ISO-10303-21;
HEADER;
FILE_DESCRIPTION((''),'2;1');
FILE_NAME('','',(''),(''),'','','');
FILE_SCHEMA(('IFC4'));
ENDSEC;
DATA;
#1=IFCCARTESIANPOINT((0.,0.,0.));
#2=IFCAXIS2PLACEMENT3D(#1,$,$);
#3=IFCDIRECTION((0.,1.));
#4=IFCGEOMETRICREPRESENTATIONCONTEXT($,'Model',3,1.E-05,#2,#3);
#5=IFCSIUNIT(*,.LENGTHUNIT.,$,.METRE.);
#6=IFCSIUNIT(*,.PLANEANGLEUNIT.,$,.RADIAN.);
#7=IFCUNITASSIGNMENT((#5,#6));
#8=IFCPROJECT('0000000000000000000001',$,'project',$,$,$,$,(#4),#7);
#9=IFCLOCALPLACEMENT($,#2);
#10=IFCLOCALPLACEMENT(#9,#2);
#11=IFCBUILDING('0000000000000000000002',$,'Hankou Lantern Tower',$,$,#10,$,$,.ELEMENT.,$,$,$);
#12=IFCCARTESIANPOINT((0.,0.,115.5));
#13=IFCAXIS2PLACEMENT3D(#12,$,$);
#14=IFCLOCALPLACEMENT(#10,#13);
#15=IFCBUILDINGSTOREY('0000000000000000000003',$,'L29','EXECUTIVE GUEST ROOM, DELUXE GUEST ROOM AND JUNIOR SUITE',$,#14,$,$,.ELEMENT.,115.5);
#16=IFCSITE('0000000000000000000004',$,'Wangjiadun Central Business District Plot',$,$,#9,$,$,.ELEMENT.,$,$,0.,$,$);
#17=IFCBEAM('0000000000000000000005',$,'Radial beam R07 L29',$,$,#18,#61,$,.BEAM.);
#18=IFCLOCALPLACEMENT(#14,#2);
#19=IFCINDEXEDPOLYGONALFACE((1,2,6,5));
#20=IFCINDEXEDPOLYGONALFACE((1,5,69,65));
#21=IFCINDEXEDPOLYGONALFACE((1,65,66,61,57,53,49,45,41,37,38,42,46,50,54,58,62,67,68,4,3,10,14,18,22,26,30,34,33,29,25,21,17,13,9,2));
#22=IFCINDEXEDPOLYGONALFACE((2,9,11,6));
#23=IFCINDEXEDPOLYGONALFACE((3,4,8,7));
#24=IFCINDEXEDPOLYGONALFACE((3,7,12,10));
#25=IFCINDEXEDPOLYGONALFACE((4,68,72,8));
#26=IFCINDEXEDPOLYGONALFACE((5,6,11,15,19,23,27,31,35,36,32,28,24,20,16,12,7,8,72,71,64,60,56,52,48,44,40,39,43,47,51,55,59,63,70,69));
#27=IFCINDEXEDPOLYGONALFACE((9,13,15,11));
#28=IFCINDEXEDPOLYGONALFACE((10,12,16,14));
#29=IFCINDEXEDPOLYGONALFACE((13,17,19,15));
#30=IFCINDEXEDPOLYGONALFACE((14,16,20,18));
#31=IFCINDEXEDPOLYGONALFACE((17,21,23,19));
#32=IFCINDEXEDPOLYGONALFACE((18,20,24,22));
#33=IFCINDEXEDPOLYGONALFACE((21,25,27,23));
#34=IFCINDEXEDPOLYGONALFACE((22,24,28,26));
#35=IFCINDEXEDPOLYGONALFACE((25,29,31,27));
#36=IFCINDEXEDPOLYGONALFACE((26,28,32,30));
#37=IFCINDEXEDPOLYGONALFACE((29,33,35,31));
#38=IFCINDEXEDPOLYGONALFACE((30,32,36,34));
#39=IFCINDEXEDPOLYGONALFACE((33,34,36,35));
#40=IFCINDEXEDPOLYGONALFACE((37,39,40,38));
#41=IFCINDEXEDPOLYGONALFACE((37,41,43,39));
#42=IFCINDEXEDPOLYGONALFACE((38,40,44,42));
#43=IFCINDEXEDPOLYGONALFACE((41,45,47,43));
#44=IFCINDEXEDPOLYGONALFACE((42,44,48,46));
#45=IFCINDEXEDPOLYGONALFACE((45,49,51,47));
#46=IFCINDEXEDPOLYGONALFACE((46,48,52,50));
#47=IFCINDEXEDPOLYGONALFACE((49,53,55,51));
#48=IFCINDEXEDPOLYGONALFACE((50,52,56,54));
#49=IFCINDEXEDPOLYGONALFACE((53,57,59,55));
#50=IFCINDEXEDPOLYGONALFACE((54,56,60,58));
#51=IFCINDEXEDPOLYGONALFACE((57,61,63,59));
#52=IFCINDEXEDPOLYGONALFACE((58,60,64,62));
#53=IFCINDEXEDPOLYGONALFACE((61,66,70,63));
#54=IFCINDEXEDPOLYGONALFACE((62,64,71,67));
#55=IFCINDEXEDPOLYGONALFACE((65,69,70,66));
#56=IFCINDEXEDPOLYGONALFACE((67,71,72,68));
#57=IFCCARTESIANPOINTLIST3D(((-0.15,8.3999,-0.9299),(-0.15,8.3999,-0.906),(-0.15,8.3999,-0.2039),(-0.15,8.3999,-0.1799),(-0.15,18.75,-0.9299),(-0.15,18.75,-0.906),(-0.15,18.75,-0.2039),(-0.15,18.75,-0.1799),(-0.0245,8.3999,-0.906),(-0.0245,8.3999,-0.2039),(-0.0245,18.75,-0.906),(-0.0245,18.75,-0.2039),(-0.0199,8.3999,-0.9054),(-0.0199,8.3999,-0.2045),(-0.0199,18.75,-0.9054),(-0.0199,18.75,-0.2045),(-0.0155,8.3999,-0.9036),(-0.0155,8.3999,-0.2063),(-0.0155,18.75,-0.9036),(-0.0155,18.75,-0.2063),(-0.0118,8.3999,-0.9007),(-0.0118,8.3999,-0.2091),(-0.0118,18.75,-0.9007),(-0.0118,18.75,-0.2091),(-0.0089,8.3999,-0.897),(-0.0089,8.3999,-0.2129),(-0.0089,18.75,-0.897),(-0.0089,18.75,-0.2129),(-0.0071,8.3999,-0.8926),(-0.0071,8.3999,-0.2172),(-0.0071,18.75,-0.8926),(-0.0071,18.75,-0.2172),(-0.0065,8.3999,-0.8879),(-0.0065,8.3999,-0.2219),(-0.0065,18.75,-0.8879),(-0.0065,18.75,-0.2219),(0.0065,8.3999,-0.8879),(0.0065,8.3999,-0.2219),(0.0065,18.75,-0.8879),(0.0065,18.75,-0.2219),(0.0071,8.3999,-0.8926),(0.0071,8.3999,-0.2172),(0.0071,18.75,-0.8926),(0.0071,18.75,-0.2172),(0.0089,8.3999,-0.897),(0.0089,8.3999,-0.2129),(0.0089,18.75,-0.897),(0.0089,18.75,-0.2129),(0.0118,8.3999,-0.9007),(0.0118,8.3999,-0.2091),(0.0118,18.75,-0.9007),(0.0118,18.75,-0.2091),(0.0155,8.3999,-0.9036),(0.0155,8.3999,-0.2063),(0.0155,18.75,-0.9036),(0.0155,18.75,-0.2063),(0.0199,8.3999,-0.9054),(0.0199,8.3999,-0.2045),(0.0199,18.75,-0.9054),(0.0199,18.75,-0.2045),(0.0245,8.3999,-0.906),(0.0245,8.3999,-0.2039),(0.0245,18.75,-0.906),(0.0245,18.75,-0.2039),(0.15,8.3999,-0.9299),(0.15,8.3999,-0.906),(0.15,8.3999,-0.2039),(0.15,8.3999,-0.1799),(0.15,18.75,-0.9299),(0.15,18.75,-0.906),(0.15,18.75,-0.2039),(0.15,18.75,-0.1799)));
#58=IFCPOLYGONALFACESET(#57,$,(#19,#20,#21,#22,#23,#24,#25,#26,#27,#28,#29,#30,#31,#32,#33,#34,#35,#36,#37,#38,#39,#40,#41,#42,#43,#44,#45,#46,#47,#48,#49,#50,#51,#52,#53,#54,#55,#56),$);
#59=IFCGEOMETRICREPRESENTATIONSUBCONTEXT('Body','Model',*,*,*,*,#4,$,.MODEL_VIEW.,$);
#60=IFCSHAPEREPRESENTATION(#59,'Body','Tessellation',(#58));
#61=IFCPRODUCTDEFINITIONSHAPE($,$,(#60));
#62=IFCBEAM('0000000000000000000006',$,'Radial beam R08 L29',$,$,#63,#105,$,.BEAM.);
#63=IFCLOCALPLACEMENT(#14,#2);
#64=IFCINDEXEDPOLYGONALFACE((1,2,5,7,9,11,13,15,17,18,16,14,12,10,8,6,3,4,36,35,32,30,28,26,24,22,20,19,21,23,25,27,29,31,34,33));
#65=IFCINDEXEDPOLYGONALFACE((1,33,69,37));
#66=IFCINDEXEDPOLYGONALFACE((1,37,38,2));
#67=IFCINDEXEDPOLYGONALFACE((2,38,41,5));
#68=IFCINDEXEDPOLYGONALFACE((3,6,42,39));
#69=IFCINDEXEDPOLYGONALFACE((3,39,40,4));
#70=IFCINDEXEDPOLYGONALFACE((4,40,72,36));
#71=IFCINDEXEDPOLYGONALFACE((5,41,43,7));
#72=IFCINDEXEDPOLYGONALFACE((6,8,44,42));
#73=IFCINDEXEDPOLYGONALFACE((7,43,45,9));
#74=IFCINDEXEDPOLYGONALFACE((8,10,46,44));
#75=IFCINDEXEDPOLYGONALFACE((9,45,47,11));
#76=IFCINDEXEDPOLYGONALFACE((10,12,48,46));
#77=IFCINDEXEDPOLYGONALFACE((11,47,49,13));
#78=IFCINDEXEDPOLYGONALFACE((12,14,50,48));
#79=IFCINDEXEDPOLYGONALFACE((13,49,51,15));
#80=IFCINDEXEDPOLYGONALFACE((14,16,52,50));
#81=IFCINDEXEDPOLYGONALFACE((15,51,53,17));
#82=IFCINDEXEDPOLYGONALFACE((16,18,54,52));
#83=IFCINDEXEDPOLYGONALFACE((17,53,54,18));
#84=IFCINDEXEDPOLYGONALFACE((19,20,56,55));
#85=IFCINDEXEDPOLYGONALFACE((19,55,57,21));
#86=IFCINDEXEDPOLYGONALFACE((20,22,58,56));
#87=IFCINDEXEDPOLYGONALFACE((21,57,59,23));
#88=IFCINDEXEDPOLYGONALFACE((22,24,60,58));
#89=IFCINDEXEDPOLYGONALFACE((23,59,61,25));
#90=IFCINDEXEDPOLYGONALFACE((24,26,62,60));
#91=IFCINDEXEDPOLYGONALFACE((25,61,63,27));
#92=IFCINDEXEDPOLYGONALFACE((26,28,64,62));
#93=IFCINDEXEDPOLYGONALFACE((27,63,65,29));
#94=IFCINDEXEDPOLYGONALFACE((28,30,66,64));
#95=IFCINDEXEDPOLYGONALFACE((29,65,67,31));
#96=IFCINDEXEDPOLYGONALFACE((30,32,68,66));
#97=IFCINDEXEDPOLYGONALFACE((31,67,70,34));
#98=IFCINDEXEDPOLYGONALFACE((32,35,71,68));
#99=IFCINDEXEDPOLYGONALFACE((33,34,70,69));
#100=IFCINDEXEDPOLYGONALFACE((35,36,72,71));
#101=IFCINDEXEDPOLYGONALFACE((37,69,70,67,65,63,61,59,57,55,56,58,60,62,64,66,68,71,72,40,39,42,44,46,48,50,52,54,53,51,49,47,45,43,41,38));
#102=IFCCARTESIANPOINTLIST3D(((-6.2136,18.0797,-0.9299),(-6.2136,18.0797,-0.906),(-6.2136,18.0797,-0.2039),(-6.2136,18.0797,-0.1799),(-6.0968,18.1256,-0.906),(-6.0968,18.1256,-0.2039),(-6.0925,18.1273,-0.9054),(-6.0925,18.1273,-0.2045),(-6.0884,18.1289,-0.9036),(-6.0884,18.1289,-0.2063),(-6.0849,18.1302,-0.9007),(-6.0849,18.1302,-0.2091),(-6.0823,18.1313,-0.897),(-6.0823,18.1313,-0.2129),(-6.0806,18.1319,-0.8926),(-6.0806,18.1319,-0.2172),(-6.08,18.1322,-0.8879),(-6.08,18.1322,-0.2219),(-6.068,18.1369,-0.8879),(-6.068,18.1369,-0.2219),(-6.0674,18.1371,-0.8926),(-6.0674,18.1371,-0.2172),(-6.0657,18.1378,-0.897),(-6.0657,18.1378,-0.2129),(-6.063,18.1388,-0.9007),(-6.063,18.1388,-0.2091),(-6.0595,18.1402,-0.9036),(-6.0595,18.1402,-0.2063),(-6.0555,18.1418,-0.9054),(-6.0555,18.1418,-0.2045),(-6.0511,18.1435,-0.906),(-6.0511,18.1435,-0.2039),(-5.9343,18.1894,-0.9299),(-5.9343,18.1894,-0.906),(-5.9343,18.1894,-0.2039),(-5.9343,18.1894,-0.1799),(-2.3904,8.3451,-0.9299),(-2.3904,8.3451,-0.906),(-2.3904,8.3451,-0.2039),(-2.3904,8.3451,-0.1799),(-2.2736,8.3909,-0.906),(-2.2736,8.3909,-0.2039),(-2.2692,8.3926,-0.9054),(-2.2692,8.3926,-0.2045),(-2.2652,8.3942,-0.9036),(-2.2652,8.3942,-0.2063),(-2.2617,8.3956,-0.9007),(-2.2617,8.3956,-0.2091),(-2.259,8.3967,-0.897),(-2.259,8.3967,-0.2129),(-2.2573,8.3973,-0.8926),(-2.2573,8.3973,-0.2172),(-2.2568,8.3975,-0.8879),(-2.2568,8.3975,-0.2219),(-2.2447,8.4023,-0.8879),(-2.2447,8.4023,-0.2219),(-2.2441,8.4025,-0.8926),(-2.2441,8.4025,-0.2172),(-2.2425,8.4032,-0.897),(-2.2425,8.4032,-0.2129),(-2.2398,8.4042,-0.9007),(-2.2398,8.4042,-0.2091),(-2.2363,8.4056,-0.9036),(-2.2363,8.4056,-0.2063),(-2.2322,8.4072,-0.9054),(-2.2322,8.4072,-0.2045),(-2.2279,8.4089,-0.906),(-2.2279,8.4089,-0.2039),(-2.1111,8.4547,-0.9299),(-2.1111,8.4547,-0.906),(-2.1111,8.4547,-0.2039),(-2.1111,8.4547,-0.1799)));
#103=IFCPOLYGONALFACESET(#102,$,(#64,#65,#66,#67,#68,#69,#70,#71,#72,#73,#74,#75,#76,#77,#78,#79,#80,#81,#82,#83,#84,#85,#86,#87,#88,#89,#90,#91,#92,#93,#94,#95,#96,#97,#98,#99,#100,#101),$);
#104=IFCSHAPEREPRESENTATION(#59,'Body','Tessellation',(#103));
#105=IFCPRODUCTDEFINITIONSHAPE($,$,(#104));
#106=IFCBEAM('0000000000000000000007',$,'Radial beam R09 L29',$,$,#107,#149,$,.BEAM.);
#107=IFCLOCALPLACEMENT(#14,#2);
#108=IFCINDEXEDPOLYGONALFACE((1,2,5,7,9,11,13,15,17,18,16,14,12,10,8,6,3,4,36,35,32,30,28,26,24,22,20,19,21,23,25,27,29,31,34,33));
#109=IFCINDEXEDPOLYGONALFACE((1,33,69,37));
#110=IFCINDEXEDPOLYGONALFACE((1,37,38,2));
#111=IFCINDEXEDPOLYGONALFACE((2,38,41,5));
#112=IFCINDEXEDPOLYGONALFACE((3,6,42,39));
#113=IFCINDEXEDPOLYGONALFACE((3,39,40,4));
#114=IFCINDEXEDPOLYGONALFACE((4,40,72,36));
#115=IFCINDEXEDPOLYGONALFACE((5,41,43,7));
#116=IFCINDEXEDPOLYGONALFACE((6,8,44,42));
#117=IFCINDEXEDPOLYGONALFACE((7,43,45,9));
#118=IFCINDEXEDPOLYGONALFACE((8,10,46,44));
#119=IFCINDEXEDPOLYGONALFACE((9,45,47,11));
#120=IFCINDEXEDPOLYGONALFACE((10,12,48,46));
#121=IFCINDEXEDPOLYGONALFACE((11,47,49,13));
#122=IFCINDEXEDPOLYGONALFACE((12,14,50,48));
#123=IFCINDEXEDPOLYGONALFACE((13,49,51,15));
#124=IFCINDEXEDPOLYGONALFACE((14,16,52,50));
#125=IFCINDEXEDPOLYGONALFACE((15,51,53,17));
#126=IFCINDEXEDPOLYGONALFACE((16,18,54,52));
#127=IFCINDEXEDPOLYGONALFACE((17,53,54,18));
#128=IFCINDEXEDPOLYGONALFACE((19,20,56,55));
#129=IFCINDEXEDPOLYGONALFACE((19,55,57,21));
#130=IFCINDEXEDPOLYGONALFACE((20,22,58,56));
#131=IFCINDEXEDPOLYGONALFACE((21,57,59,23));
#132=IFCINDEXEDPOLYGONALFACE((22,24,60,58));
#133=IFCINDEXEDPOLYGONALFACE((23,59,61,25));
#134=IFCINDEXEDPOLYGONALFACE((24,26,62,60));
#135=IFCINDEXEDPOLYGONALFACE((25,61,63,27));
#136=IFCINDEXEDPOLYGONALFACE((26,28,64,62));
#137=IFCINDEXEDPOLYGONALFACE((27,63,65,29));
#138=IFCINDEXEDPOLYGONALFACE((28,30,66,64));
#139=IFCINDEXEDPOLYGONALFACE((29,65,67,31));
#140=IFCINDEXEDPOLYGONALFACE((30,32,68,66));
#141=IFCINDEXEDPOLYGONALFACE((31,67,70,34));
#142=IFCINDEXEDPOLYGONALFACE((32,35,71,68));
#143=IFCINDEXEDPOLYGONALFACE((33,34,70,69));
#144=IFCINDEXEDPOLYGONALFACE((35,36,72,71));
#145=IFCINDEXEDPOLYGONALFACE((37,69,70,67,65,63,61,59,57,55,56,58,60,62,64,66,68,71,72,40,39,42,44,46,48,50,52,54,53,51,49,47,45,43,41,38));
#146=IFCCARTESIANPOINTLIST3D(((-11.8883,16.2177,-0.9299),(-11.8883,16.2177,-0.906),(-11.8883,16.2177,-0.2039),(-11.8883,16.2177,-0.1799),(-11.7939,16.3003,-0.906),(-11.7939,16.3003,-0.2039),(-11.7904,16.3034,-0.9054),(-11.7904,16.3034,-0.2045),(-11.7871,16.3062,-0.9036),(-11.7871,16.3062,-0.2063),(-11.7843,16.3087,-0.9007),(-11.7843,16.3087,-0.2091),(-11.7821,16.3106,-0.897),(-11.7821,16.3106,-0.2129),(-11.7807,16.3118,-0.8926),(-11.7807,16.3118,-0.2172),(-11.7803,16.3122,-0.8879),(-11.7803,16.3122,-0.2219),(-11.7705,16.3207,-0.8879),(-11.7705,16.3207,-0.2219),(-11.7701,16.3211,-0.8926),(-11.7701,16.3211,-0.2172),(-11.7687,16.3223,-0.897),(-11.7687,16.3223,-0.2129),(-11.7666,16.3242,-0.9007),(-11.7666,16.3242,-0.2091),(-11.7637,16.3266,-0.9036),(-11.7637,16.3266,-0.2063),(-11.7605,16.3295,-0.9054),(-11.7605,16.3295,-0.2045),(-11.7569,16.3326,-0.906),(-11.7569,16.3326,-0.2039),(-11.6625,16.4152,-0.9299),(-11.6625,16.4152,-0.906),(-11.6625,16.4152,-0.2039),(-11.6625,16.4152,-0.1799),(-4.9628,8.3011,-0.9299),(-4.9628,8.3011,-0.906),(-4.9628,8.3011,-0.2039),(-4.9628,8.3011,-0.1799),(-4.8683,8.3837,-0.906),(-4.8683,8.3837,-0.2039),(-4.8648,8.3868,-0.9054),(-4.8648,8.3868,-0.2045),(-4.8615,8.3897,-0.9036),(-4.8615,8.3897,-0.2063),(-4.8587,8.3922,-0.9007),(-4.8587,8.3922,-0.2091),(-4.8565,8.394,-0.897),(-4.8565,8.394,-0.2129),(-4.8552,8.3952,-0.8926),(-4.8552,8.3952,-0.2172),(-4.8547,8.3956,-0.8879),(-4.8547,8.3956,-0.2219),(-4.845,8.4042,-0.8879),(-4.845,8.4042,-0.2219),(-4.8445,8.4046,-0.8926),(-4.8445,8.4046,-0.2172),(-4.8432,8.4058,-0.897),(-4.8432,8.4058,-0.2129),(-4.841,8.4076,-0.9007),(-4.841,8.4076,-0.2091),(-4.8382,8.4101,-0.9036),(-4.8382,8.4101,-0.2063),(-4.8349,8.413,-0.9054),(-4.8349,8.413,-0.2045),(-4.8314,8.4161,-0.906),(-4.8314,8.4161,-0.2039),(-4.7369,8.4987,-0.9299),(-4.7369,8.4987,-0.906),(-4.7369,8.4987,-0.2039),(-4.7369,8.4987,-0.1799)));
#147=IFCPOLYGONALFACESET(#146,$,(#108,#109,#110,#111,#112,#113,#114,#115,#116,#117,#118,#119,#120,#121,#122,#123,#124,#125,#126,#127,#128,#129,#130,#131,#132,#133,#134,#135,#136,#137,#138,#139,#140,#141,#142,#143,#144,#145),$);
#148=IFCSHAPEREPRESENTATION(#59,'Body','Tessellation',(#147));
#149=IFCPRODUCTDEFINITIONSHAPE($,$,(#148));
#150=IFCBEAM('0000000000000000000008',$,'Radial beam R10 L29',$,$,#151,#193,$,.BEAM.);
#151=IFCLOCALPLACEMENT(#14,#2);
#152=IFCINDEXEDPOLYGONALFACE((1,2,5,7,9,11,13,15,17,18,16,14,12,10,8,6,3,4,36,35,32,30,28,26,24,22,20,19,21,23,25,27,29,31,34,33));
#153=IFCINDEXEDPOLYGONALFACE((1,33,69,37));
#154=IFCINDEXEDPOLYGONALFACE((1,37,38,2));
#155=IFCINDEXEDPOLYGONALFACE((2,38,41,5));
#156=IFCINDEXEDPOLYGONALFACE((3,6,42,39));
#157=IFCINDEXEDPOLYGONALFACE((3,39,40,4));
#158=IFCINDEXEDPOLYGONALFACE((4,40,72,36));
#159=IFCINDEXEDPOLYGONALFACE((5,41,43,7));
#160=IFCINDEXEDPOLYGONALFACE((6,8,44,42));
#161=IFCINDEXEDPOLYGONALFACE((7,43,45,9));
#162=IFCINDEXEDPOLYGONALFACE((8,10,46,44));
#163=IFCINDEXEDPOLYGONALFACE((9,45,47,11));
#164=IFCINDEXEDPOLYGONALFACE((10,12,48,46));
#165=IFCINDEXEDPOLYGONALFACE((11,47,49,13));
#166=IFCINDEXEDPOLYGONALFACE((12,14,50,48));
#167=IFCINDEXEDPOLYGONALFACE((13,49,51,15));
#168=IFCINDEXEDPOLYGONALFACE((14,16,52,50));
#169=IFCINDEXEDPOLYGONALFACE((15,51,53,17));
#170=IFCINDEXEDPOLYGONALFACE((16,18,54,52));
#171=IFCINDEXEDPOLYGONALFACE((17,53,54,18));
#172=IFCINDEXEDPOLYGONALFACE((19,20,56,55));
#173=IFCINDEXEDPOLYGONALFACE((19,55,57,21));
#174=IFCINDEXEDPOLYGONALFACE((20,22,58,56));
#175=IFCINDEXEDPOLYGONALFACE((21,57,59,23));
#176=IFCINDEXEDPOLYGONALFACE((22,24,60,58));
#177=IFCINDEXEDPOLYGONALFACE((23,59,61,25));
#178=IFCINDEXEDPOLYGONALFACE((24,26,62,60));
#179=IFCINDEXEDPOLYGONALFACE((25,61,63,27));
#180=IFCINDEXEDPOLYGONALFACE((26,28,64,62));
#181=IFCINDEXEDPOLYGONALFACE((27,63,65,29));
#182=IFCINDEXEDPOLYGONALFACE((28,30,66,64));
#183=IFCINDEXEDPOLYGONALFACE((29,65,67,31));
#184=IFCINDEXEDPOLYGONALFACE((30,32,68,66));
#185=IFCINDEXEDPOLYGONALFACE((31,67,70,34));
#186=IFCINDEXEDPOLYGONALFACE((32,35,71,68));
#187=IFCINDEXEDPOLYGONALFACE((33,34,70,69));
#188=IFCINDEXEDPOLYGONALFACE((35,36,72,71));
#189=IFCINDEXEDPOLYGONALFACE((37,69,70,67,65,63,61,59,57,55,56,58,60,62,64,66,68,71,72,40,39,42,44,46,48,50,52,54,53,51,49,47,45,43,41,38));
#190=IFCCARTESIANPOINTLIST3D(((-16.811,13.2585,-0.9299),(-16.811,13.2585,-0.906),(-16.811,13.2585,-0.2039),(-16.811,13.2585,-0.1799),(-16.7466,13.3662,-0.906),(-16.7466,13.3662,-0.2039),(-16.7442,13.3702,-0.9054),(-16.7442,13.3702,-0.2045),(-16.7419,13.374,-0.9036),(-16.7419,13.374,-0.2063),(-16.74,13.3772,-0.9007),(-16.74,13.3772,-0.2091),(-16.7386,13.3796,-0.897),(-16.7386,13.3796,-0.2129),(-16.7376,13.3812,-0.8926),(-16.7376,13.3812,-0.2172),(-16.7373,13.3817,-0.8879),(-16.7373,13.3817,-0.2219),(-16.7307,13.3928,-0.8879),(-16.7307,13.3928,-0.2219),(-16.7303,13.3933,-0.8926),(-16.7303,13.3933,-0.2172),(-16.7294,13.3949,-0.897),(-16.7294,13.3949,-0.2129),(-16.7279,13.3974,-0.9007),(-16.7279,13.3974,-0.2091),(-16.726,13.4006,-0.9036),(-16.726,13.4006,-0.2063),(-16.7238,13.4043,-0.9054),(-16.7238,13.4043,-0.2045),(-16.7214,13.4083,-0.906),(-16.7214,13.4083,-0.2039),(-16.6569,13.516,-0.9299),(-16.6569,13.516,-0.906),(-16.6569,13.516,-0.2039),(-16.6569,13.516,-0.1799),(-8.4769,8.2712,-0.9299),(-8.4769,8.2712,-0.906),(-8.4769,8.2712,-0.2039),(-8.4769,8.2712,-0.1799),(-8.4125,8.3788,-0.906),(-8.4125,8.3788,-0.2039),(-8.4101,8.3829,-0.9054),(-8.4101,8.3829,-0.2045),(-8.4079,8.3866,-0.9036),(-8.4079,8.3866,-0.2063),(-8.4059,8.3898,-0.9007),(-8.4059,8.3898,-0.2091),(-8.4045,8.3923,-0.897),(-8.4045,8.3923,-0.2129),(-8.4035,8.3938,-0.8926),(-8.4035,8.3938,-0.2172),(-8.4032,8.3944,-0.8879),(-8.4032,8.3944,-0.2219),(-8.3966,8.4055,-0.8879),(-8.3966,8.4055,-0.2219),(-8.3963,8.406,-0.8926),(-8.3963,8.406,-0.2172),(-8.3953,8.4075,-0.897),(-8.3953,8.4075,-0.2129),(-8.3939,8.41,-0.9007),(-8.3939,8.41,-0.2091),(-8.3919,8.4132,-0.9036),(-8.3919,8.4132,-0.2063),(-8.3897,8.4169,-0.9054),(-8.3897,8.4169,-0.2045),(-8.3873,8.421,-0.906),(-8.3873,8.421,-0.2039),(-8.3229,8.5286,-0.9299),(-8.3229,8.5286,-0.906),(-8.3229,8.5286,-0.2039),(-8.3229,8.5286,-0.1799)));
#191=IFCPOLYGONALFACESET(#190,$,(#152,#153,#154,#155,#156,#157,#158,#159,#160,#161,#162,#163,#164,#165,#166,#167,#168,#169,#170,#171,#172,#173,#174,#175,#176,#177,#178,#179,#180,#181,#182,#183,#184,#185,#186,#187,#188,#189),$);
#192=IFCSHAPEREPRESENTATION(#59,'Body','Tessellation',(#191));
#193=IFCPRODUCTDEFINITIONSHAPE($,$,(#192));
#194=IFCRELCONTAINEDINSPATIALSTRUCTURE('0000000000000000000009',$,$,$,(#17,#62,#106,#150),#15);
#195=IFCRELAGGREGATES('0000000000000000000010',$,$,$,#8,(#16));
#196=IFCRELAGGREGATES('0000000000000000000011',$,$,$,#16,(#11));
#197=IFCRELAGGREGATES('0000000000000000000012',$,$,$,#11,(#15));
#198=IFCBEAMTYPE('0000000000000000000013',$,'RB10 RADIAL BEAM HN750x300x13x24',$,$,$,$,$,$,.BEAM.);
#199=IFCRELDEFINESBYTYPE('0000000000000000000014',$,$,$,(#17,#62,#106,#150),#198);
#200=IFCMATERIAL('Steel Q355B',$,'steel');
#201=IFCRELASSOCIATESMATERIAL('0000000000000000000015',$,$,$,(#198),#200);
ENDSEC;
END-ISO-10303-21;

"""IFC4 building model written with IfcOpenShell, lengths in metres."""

from ifc_helpers import new_model, si_unit, direction, frame, origin, origin_2d, place, context, subcontext, project, spatial, i_section, extrude, material, material_profile, profile_set, type_object, element, save


model = new_model("IFC4")

# Units and contexts
model_context = context("Model", 3, precision=1e-05, world=origin(), true_north=direction((0.0, 1.0)))
body_context = subcontext(model_context, "Body", "Model", "MODEL_VIEW")
ifc_project = project(units=[si_unit("LENGTHUNIT", "METRE"), si_unit("PLANEANGLEUNIT", "RADIAN")], contexts=[model_context])

# Site, building, storey
site_placement = place(None, origin())
site = spatial("IfcSite", under=ifc_project, at=site_placement, Name="Wangjiadun Central Business District Plot", CompositionType="ELEMENT", RefElevation=0.0)
building_placement = place(site_placement, origin())
building = spatial("IfcBuilding", under=site, at=building_placement, Name="Hankou Lantern Tower", CompositionType="ELEMENT")
storey_placement = place(building_placement, frame((0.0, 0.0, 115.5)))
storey = spatial("IfcBuildingStorey", under=building, at=storey_placement, Name="L29", Description="EXECUTIVE GUEST ROOM, DELUXE GUEST ROOM AND JUNIOR SUITE", CompositionType="ELEMENT", Elevation=115.5)

# Beams
ifc_material_1 = material(Name="Steel Q355B", Category="steel")
ifc_material_profile = material_profile(ifc_material_1, i_section(OverallWidth=0.3, OverallDepth=0.75, WebThickness=0.0129, FlangeThickness=0.0239, FilletRadius=0.0181, at=origin_2d()), Name="HN750x300x13x24")
ifc_profile_set = profile_set([ifc_material_profile], Name="Steel Q355B")
beam_type = type_object("IfcBeamType", Name="RB10 RADIAL BEAM HN750x300x13x24", PredefinedType="BEAM", material=ifc_profile_set)
beam_1_placement = place(storey_placement, frame((0.0, 8.3999, -0.5549), z_axis=(0.0, 1.0, 0.0), x_axis=(-1.0, 0.0, 0.0)))
element("IfcBeam", 1, at=beam_1_placement, inside=storey, type_object=beam_type, Name="Radial beam R07 L29", PredefinedType="BEAM", context=body_context, shape_type="SweptSolid", body=[
    extrude(i_section(OverallWidth=0.3, OverallDepth=0.75, WebThickness=0.0129, FlangeThickness=0.0239, FilletRadius=0.0181, at=origin_2d()), origin(), (0.0, 0.0, 1.0), 10.3501),
])
beam_2_placement = place(storey_placement, frame((-2.2507, 8.3999, -0.5549), z_axis=(-0.365564, 0.930786, 0.0), x_axis=(-0.930786, -0.365564, 0.0)))
element("IfcBeam", 2, at=beam_2_placement, inside=storey, type_object=beam_type, Name="Radial beam R08 L29", PredefinedType="BEAM", context=body_context, shape_type="SweptSolid", body=[
    extrude(i_section(OverallWidth=0.3, OverallDepth=0.75, WebThickness=0.0129, FlangeThickness=0.0239, FilletRadius=0.0181, at=origin_2d()), origin(), (0.0, 0.0, 1.0), 10.4585),
])
beam_3_placement = place(storey_placement, frame((-4.8499, 8.3999, -0.5549), z_axis=(-0.658429, 0.752643, 0.0), x_axis=(-0.752643, -0.658429, 0.0)))
element("IfcBeam", 3, at=beam_3_placement, inside=storey, type_object=beam_type, Name="Radial beam R09 L29", PredefinedType="BEAM", context=body_context, shape_type="SweptSolid", body=[
    extrude(i_section(OverallWidth=0.3, OverallDepth=0.75, WebThickness=0.0129, FlangeThickness=0.0239, FilletRadius=0.0181, at=origin_2d()), origin(), (0.0, 0.0, 1.0), 10.5183),
])
beam_4_placement = place(storey_placement, frame((-8.3999, 8.3999, -0.5549), z_axis=(-0.858087, 0.513505, 0.0), x_axis=(-0.513505, -0.858087, 0.0)))
element("IfcBeam", 4, at=beam_4_placement, inside=storey, type_object=beam_type, Name="Radial beam R10 L29", PredefinedType="BEAM", context=body_context, shape_type="SweptSolid", body=[
    extrude(i_section(OverallWidth=0.3, OverallDepth=0.75, WebThickness=0.0129, FlangeThickness=0.0239, FilletRadius=0.0181, at=origin_2d()), origin(), (0.0, 0.0, 1.0), 9.7124),
])

save(model, "model.ifc")
